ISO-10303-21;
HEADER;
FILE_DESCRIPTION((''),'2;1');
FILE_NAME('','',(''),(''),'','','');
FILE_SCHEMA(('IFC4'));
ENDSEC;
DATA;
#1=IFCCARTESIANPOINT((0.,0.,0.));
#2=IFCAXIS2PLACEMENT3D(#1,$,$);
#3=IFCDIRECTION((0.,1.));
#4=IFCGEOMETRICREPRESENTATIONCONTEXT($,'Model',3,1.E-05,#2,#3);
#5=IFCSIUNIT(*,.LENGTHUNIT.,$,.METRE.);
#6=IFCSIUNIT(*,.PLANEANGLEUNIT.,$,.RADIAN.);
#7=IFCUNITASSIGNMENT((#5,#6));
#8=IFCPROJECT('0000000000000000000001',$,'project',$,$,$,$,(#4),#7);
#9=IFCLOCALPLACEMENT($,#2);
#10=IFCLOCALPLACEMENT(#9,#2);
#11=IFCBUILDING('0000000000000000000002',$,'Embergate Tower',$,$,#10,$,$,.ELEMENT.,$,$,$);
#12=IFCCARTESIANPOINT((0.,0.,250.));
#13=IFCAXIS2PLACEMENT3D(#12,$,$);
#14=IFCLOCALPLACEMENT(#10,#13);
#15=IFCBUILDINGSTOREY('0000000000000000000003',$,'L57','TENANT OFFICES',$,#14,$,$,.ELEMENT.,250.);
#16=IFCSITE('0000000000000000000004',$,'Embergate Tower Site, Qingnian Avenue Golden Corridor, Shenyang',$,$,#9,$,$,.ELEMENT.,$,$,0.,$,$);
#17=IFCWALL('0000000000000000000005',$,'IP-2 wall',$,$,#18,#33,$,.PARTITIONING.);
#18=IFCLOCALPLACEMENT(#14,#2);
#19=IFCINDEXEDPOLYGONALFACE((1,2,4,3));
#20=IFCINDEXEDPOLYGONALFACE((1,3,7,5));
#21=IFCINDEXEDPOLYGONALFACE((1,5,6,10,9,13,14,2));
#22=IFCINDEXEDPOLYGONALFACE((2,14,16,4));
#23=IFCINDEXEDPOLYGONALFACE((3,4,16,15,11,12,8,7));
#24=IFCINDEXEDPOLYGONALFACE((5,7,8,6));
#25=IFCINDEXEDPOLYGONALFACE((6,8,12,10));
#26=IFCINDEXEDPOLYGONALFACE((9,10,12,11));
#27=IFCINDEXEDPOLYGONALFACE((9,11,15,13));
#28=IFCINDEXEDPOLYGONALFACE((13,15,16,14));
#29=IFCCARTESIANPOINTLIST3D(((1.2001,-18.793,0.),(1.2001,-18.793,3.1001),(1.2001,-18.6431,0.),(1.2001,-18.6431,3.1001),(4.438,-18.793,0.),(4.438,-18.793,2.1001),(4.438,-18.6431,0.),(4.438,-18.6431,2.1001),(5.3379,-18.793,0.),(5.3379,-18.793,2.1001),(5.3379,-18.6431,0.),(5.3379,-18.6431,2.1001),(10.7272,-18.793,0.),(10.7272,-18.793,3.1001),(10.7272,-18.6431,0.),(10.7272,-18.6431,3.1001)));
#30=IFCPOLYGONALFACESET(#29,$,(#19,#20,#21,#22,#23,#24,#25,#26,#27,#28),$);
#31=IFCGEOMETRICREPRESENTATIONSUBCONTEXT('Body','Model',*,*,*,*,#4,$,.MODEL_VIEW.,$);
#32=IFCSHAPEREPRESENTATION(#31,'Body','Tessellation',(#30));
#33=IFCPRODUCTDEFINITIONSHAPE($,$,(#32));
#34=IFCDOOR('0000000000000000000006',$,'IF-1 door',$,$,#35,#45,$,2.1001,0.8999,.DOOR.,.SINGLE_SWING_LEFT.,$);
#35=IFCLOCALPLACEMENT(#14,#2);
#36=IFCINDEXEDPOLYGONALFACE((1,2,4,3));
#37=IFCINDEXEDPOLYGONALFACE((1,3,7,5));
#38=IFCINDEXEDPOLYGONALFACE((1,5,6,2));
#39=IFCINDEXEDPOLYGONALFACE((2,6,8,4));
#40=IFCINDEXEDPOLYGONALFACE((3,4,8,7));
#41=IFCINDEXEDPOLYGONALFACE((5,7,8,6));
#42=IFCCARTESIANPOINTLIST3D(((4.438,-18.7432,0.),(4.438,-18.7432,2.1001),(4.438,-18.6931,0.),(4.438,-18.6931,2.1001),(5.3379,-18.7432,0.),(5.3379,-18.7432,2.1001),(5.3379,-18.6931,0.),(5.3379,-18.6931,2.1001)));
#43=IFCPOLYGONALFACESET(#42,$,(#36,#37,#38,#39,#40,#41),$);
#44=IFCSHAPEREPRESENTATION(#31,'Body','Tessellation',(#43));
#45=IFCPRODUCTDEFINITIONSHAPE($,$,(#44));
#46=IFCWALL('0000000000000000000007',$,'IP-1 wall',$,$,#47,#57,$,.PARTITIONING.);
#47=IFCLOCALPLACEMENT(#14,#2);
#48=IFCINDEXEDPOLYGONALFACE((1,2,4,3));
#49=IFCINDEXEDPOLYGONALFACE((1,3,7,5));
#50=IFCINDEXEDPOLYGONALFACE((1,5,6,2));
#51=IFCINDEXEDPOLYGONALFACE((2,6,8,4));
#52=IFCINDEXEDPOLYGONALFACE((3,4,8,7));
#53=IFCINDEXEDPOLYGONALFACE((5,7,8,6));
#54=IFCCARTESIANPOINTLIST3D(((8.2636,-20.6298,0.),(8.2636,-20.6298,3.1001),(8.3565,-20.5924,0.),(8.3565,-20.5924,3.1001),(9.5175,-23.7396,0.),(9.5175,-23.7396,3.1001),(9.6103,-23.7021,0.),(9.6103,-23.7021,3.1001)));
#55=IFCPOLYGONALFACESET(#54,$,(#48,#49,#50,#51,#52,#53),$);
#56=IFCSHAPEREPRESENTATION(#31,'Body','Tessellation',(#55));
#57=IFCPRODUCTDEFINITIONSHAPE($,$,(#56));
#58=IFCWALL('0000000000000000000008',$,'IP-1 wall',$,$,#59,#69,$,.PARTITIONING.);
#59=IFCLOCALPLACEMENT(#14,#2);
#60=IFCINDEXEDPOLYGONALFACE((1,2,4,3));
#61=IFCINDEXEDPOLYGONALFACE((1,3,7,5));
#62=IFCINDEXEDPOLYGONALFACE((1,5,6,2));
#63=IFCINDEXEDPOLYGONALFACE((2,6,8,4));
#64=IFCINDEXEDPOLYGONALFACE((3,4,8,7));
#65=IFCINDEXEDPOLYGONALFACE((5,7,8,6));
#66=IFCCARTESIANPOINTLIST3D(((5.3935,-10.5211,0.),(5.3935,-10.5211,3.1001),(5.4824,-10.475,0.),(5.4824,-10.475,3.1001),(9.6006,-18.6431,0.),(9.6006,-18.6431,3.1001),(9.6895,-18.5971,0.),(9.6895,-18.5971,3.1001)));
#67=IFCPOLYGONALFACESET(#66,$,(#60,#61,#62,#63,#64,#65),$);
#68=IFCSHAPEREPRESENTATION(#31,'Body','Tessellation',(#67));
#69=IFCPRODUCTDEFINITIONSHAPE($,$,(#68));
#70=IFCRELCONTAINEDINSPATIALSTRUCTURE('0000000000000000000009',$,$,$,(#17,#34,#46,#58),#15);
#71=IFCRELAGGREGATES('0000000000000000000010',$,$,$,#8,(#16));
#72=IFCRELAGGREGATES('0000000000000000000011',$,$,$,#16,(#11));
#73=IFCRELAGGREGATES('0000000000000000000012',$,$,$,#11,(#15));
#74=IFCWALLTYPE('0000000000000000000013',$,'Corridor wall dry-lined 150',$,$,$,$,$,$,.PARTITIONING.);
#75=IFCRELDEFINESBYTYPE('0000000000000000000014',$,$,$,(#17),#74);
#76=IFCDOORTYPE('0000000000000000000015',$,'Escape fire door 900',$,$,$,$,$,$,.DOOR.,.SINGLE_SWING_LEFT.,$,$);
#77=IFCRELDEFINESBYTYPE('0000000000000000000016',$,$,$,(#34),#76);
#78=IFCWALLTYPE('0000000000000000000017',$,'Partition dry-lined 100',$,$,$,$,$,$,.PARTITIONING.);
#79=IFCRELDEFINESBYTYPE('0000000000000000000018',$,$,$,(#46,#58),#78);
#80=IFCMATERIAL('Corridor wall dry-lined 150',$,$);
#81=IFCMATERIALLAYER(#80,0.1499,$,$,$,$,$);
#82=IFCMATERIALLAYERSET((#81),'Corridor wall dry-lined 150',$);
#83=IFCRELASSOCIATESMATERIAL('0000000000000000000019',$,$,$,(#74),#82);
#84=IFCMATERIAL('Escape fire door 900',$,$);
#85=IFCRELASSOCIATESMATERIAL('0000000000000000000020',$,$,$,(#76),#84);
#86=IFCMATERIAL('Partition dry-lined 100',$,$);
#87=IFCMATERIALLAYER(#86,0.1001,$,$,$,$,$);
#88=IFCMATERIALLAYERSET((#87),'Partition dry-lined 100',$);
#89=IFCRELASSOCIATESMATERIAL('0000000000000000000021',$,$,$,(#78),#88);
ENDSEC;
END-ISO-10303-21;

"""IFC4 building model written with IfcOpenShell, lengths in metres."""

from ifc_helpers import new_model, si_unit, direction, frame, frame_2d, origin, place, context, subcontext, project, spatial, rectangle, extrude, source, transform, mapped, material, layer, layer_set, type_object, element, fill, save


model = new_model("IFC4")

# Units and contexts
model_context = context("Model", 3, precision=1e-05, world=origin(), true_north=direction((0.0, 1.0)))
body_context = subcontext(model_context, "Body", "Model", "MODEL_VIEW")
ifc_project = project(units=[si_unit("LENGTHUNIT", "METRE"), si_unit("PLANEANGLEUNIT", "RADIAN")], contexts=[model_context])

# Site, building, storey
site_placement = place(None, origin())
site = spatial("IfcSite", under=ifc_project, at=site_placement, Name="Embergate Tower Site, Qingnian Avenue Golden Corridor, Shenyang", CompositionType="ELEMENT", RefElevation=0.0)
building_placement = place(site_placement, origin())
building = spatial("IfcBuilding", under=site, at=building_placement, Name="Embergate Tower", CompositionType="ELEMENT")
storey_placement = place(building_placement, frame((0.0, 0.0, 250.0)))
storey = spatial("IfcBuildingStorey", under=building, at=storey_placement, Name="L57", Description="TENANT OFFICES", CompositionType="ELEMENT", Elevation=250.0)

# Shared definitions
ifc_material_1 = material(Name="Corridor wall dry-lined 150")
ifc_layer_1 = layer(ifc_material_1, 0.1499)
ifc_layer_set_1 = layer_set([ifc_layer_1], Name="Corridor wall dry-lined 150")
wall_type_1 = type_object("IfcWallType", Name="Corridor wall dry-lined 150", PredefinedType="PARTITIONING", material=ifc_layer_set_1)

# Shared definitions
shared_shape_1 = source(origin(), body_context, "Body", "SweptSolid", [
    extrude(rectangle(XDim=0.8999, YDim=2.1001, at=frame_2d((0.45, 1.05))), frame((0.0, 0.085, 0.0), z_axis=(0.0, -1.0, 0.0), x_axis=(1.0, 0.0, 0.0)), (0.0, 0.0, 1.0), 0.1699),
])
ifc_material_2 = material(Name="Escape fire door 900")
door_type_1 = type_object("IfcDoorType", Name="Escape fire door 900", OperationType="SINGLE_SWING_LEFT", PredefinedType="DOOR", material=ifc_material_2)
shared_shape_2 = source(origin(), body_context, "Body", "SweptSolid", [
    extrude(rectangle(XDim=0.8999, YDim=2.1001, at=frame_2d((0.45, 1.05))), frame((0.0, 0.0249, 0.0), z_axis=(0.0, -1.0, 0.0), x_axis=(1.0, 0.0, 0.0)), (0.0, 0.0, 1.0), 0.05),
])

# Wall, opening, door
shared_shape_3 = source(origin(), body_context, "Body", "SweptSolid", [
    extrude(rectangle(XDim=9.5271, YDim=0.1499, at=frame_2d((4.7637, 0.0))), origin(), (0.0, 0.0, 1.0), 3.1001),
])
wall_1_placement = place(storey_placement, frame((1.2, -18.718, 0.0), z_axis=(0.0, 0.0, 1.0), x_axis=(1.0, 0.0, 0.0)))
wall_1 = element("IfcWall", 1, at=wall_1_placement, inside=storey, type_object=wall_type_1, Name="IP-2 wall", PredefinedType="PARTITIONING", context=body_context, shape_type="MappedRepresentation", body=[
    mapped(shared_shape_3, transform((0.0, 0.0, 0.0))),
])
opening_1_placement = place(wall_1_placement, frame((3.238, 0.0, 0.0)))
opening_1 = element("IfcOpeningElement", 2, at=opening_1_placement, cuts=wall_1, PredefinedType="OPENING", context=body_context, shape_type="MappedRepresentation", body=[
    mapped(shared_shape_1, transform((0.0, 0.0, 0.0))),
])
door_1_placement = place(opening_1_placement, origin())
door_1 = element("IfcDoor", 3, at=door_1_placement, inside=storey, type_object=door_type_1, Name="IF-1 door", OperationType="SINGLE_SWING_LEFT", OverallHeight=2.1001, OverallWidth=0.8999, PredefinedType="DOOR", context=body_context, shape_type="MappedRepresentation", body=[
    mapped(shared_shape_2, transform((0.0, 0.0, 0.0))),
])
fill(opening_1, door_1)

# Walls
ifc_material_3 = material(Name="Partition dry-lined 100")
ifc_layer_2 = layer(ifc_material_3, 0.1001)
ifc_layer_set_2 = layer_set([ifc_layer_2], Name="Partition dry-lined 100")
wall_type_2 = type_object("IfcWallType", Name="Partition dry-lined 100", PredefinedType="PARTITIONING", material=ifc_layer_set_2)
shared_shape_4 = source(origin(), body_context, "Body", "SweptSolid", [
    extrude(rectangle(XDim=3.353, YDim=0.1001, at=frame_2d((1.6765, 0.0))), origin(), (0.0, 0.0, 1.0), 3.1001),
])
wall_2_placement = place(storey_placement, frame((8.3101, -20.6111, 0.0), z_axis=(0.0, 0.0, 1.0), x_axis=(0.37395, -0.927449, 0.0)))
element("IfcWall", 4, at=wall_2_placement, inside=storey, type_object=wall_type_2, Name="IP-1 wall", PredefinedType="PARTITIONING", context=body_context, shape_type="MappedRepresentation", body=[
    mapped(shared_shape_4, transform((0.0, 0.0, 0.0))),
])
shared_shape_5 = source(origin(), body_context, "Body", "SweptSolid", [
    extrude(rectangle(XDim=9.147, YDim=0.1001, at=frame_2d((4.5735, 0.0))), origin(), (0.0, 0.0, 1.0), 3.1001),
])
wall_3_placement = place(storey_placement, frame((5.438, -10.498, 0.0), z_axis=(0.0, 0.0, 1.0), x_axis=(0.459937, -0.887952, 0.0)))
element("IfcWall", 5, at=wall_3_placement, inside=storey, type_object=wall_type_2, Name="IP-1 wall", PredefinedType="PARTITIONING", context=body_context, shape_type="MappedRepresentation", body=[
    mapped(shared_shape_5, transform((0.0, 0.0, 0.0))),
])

save(model, "model.ifc")
